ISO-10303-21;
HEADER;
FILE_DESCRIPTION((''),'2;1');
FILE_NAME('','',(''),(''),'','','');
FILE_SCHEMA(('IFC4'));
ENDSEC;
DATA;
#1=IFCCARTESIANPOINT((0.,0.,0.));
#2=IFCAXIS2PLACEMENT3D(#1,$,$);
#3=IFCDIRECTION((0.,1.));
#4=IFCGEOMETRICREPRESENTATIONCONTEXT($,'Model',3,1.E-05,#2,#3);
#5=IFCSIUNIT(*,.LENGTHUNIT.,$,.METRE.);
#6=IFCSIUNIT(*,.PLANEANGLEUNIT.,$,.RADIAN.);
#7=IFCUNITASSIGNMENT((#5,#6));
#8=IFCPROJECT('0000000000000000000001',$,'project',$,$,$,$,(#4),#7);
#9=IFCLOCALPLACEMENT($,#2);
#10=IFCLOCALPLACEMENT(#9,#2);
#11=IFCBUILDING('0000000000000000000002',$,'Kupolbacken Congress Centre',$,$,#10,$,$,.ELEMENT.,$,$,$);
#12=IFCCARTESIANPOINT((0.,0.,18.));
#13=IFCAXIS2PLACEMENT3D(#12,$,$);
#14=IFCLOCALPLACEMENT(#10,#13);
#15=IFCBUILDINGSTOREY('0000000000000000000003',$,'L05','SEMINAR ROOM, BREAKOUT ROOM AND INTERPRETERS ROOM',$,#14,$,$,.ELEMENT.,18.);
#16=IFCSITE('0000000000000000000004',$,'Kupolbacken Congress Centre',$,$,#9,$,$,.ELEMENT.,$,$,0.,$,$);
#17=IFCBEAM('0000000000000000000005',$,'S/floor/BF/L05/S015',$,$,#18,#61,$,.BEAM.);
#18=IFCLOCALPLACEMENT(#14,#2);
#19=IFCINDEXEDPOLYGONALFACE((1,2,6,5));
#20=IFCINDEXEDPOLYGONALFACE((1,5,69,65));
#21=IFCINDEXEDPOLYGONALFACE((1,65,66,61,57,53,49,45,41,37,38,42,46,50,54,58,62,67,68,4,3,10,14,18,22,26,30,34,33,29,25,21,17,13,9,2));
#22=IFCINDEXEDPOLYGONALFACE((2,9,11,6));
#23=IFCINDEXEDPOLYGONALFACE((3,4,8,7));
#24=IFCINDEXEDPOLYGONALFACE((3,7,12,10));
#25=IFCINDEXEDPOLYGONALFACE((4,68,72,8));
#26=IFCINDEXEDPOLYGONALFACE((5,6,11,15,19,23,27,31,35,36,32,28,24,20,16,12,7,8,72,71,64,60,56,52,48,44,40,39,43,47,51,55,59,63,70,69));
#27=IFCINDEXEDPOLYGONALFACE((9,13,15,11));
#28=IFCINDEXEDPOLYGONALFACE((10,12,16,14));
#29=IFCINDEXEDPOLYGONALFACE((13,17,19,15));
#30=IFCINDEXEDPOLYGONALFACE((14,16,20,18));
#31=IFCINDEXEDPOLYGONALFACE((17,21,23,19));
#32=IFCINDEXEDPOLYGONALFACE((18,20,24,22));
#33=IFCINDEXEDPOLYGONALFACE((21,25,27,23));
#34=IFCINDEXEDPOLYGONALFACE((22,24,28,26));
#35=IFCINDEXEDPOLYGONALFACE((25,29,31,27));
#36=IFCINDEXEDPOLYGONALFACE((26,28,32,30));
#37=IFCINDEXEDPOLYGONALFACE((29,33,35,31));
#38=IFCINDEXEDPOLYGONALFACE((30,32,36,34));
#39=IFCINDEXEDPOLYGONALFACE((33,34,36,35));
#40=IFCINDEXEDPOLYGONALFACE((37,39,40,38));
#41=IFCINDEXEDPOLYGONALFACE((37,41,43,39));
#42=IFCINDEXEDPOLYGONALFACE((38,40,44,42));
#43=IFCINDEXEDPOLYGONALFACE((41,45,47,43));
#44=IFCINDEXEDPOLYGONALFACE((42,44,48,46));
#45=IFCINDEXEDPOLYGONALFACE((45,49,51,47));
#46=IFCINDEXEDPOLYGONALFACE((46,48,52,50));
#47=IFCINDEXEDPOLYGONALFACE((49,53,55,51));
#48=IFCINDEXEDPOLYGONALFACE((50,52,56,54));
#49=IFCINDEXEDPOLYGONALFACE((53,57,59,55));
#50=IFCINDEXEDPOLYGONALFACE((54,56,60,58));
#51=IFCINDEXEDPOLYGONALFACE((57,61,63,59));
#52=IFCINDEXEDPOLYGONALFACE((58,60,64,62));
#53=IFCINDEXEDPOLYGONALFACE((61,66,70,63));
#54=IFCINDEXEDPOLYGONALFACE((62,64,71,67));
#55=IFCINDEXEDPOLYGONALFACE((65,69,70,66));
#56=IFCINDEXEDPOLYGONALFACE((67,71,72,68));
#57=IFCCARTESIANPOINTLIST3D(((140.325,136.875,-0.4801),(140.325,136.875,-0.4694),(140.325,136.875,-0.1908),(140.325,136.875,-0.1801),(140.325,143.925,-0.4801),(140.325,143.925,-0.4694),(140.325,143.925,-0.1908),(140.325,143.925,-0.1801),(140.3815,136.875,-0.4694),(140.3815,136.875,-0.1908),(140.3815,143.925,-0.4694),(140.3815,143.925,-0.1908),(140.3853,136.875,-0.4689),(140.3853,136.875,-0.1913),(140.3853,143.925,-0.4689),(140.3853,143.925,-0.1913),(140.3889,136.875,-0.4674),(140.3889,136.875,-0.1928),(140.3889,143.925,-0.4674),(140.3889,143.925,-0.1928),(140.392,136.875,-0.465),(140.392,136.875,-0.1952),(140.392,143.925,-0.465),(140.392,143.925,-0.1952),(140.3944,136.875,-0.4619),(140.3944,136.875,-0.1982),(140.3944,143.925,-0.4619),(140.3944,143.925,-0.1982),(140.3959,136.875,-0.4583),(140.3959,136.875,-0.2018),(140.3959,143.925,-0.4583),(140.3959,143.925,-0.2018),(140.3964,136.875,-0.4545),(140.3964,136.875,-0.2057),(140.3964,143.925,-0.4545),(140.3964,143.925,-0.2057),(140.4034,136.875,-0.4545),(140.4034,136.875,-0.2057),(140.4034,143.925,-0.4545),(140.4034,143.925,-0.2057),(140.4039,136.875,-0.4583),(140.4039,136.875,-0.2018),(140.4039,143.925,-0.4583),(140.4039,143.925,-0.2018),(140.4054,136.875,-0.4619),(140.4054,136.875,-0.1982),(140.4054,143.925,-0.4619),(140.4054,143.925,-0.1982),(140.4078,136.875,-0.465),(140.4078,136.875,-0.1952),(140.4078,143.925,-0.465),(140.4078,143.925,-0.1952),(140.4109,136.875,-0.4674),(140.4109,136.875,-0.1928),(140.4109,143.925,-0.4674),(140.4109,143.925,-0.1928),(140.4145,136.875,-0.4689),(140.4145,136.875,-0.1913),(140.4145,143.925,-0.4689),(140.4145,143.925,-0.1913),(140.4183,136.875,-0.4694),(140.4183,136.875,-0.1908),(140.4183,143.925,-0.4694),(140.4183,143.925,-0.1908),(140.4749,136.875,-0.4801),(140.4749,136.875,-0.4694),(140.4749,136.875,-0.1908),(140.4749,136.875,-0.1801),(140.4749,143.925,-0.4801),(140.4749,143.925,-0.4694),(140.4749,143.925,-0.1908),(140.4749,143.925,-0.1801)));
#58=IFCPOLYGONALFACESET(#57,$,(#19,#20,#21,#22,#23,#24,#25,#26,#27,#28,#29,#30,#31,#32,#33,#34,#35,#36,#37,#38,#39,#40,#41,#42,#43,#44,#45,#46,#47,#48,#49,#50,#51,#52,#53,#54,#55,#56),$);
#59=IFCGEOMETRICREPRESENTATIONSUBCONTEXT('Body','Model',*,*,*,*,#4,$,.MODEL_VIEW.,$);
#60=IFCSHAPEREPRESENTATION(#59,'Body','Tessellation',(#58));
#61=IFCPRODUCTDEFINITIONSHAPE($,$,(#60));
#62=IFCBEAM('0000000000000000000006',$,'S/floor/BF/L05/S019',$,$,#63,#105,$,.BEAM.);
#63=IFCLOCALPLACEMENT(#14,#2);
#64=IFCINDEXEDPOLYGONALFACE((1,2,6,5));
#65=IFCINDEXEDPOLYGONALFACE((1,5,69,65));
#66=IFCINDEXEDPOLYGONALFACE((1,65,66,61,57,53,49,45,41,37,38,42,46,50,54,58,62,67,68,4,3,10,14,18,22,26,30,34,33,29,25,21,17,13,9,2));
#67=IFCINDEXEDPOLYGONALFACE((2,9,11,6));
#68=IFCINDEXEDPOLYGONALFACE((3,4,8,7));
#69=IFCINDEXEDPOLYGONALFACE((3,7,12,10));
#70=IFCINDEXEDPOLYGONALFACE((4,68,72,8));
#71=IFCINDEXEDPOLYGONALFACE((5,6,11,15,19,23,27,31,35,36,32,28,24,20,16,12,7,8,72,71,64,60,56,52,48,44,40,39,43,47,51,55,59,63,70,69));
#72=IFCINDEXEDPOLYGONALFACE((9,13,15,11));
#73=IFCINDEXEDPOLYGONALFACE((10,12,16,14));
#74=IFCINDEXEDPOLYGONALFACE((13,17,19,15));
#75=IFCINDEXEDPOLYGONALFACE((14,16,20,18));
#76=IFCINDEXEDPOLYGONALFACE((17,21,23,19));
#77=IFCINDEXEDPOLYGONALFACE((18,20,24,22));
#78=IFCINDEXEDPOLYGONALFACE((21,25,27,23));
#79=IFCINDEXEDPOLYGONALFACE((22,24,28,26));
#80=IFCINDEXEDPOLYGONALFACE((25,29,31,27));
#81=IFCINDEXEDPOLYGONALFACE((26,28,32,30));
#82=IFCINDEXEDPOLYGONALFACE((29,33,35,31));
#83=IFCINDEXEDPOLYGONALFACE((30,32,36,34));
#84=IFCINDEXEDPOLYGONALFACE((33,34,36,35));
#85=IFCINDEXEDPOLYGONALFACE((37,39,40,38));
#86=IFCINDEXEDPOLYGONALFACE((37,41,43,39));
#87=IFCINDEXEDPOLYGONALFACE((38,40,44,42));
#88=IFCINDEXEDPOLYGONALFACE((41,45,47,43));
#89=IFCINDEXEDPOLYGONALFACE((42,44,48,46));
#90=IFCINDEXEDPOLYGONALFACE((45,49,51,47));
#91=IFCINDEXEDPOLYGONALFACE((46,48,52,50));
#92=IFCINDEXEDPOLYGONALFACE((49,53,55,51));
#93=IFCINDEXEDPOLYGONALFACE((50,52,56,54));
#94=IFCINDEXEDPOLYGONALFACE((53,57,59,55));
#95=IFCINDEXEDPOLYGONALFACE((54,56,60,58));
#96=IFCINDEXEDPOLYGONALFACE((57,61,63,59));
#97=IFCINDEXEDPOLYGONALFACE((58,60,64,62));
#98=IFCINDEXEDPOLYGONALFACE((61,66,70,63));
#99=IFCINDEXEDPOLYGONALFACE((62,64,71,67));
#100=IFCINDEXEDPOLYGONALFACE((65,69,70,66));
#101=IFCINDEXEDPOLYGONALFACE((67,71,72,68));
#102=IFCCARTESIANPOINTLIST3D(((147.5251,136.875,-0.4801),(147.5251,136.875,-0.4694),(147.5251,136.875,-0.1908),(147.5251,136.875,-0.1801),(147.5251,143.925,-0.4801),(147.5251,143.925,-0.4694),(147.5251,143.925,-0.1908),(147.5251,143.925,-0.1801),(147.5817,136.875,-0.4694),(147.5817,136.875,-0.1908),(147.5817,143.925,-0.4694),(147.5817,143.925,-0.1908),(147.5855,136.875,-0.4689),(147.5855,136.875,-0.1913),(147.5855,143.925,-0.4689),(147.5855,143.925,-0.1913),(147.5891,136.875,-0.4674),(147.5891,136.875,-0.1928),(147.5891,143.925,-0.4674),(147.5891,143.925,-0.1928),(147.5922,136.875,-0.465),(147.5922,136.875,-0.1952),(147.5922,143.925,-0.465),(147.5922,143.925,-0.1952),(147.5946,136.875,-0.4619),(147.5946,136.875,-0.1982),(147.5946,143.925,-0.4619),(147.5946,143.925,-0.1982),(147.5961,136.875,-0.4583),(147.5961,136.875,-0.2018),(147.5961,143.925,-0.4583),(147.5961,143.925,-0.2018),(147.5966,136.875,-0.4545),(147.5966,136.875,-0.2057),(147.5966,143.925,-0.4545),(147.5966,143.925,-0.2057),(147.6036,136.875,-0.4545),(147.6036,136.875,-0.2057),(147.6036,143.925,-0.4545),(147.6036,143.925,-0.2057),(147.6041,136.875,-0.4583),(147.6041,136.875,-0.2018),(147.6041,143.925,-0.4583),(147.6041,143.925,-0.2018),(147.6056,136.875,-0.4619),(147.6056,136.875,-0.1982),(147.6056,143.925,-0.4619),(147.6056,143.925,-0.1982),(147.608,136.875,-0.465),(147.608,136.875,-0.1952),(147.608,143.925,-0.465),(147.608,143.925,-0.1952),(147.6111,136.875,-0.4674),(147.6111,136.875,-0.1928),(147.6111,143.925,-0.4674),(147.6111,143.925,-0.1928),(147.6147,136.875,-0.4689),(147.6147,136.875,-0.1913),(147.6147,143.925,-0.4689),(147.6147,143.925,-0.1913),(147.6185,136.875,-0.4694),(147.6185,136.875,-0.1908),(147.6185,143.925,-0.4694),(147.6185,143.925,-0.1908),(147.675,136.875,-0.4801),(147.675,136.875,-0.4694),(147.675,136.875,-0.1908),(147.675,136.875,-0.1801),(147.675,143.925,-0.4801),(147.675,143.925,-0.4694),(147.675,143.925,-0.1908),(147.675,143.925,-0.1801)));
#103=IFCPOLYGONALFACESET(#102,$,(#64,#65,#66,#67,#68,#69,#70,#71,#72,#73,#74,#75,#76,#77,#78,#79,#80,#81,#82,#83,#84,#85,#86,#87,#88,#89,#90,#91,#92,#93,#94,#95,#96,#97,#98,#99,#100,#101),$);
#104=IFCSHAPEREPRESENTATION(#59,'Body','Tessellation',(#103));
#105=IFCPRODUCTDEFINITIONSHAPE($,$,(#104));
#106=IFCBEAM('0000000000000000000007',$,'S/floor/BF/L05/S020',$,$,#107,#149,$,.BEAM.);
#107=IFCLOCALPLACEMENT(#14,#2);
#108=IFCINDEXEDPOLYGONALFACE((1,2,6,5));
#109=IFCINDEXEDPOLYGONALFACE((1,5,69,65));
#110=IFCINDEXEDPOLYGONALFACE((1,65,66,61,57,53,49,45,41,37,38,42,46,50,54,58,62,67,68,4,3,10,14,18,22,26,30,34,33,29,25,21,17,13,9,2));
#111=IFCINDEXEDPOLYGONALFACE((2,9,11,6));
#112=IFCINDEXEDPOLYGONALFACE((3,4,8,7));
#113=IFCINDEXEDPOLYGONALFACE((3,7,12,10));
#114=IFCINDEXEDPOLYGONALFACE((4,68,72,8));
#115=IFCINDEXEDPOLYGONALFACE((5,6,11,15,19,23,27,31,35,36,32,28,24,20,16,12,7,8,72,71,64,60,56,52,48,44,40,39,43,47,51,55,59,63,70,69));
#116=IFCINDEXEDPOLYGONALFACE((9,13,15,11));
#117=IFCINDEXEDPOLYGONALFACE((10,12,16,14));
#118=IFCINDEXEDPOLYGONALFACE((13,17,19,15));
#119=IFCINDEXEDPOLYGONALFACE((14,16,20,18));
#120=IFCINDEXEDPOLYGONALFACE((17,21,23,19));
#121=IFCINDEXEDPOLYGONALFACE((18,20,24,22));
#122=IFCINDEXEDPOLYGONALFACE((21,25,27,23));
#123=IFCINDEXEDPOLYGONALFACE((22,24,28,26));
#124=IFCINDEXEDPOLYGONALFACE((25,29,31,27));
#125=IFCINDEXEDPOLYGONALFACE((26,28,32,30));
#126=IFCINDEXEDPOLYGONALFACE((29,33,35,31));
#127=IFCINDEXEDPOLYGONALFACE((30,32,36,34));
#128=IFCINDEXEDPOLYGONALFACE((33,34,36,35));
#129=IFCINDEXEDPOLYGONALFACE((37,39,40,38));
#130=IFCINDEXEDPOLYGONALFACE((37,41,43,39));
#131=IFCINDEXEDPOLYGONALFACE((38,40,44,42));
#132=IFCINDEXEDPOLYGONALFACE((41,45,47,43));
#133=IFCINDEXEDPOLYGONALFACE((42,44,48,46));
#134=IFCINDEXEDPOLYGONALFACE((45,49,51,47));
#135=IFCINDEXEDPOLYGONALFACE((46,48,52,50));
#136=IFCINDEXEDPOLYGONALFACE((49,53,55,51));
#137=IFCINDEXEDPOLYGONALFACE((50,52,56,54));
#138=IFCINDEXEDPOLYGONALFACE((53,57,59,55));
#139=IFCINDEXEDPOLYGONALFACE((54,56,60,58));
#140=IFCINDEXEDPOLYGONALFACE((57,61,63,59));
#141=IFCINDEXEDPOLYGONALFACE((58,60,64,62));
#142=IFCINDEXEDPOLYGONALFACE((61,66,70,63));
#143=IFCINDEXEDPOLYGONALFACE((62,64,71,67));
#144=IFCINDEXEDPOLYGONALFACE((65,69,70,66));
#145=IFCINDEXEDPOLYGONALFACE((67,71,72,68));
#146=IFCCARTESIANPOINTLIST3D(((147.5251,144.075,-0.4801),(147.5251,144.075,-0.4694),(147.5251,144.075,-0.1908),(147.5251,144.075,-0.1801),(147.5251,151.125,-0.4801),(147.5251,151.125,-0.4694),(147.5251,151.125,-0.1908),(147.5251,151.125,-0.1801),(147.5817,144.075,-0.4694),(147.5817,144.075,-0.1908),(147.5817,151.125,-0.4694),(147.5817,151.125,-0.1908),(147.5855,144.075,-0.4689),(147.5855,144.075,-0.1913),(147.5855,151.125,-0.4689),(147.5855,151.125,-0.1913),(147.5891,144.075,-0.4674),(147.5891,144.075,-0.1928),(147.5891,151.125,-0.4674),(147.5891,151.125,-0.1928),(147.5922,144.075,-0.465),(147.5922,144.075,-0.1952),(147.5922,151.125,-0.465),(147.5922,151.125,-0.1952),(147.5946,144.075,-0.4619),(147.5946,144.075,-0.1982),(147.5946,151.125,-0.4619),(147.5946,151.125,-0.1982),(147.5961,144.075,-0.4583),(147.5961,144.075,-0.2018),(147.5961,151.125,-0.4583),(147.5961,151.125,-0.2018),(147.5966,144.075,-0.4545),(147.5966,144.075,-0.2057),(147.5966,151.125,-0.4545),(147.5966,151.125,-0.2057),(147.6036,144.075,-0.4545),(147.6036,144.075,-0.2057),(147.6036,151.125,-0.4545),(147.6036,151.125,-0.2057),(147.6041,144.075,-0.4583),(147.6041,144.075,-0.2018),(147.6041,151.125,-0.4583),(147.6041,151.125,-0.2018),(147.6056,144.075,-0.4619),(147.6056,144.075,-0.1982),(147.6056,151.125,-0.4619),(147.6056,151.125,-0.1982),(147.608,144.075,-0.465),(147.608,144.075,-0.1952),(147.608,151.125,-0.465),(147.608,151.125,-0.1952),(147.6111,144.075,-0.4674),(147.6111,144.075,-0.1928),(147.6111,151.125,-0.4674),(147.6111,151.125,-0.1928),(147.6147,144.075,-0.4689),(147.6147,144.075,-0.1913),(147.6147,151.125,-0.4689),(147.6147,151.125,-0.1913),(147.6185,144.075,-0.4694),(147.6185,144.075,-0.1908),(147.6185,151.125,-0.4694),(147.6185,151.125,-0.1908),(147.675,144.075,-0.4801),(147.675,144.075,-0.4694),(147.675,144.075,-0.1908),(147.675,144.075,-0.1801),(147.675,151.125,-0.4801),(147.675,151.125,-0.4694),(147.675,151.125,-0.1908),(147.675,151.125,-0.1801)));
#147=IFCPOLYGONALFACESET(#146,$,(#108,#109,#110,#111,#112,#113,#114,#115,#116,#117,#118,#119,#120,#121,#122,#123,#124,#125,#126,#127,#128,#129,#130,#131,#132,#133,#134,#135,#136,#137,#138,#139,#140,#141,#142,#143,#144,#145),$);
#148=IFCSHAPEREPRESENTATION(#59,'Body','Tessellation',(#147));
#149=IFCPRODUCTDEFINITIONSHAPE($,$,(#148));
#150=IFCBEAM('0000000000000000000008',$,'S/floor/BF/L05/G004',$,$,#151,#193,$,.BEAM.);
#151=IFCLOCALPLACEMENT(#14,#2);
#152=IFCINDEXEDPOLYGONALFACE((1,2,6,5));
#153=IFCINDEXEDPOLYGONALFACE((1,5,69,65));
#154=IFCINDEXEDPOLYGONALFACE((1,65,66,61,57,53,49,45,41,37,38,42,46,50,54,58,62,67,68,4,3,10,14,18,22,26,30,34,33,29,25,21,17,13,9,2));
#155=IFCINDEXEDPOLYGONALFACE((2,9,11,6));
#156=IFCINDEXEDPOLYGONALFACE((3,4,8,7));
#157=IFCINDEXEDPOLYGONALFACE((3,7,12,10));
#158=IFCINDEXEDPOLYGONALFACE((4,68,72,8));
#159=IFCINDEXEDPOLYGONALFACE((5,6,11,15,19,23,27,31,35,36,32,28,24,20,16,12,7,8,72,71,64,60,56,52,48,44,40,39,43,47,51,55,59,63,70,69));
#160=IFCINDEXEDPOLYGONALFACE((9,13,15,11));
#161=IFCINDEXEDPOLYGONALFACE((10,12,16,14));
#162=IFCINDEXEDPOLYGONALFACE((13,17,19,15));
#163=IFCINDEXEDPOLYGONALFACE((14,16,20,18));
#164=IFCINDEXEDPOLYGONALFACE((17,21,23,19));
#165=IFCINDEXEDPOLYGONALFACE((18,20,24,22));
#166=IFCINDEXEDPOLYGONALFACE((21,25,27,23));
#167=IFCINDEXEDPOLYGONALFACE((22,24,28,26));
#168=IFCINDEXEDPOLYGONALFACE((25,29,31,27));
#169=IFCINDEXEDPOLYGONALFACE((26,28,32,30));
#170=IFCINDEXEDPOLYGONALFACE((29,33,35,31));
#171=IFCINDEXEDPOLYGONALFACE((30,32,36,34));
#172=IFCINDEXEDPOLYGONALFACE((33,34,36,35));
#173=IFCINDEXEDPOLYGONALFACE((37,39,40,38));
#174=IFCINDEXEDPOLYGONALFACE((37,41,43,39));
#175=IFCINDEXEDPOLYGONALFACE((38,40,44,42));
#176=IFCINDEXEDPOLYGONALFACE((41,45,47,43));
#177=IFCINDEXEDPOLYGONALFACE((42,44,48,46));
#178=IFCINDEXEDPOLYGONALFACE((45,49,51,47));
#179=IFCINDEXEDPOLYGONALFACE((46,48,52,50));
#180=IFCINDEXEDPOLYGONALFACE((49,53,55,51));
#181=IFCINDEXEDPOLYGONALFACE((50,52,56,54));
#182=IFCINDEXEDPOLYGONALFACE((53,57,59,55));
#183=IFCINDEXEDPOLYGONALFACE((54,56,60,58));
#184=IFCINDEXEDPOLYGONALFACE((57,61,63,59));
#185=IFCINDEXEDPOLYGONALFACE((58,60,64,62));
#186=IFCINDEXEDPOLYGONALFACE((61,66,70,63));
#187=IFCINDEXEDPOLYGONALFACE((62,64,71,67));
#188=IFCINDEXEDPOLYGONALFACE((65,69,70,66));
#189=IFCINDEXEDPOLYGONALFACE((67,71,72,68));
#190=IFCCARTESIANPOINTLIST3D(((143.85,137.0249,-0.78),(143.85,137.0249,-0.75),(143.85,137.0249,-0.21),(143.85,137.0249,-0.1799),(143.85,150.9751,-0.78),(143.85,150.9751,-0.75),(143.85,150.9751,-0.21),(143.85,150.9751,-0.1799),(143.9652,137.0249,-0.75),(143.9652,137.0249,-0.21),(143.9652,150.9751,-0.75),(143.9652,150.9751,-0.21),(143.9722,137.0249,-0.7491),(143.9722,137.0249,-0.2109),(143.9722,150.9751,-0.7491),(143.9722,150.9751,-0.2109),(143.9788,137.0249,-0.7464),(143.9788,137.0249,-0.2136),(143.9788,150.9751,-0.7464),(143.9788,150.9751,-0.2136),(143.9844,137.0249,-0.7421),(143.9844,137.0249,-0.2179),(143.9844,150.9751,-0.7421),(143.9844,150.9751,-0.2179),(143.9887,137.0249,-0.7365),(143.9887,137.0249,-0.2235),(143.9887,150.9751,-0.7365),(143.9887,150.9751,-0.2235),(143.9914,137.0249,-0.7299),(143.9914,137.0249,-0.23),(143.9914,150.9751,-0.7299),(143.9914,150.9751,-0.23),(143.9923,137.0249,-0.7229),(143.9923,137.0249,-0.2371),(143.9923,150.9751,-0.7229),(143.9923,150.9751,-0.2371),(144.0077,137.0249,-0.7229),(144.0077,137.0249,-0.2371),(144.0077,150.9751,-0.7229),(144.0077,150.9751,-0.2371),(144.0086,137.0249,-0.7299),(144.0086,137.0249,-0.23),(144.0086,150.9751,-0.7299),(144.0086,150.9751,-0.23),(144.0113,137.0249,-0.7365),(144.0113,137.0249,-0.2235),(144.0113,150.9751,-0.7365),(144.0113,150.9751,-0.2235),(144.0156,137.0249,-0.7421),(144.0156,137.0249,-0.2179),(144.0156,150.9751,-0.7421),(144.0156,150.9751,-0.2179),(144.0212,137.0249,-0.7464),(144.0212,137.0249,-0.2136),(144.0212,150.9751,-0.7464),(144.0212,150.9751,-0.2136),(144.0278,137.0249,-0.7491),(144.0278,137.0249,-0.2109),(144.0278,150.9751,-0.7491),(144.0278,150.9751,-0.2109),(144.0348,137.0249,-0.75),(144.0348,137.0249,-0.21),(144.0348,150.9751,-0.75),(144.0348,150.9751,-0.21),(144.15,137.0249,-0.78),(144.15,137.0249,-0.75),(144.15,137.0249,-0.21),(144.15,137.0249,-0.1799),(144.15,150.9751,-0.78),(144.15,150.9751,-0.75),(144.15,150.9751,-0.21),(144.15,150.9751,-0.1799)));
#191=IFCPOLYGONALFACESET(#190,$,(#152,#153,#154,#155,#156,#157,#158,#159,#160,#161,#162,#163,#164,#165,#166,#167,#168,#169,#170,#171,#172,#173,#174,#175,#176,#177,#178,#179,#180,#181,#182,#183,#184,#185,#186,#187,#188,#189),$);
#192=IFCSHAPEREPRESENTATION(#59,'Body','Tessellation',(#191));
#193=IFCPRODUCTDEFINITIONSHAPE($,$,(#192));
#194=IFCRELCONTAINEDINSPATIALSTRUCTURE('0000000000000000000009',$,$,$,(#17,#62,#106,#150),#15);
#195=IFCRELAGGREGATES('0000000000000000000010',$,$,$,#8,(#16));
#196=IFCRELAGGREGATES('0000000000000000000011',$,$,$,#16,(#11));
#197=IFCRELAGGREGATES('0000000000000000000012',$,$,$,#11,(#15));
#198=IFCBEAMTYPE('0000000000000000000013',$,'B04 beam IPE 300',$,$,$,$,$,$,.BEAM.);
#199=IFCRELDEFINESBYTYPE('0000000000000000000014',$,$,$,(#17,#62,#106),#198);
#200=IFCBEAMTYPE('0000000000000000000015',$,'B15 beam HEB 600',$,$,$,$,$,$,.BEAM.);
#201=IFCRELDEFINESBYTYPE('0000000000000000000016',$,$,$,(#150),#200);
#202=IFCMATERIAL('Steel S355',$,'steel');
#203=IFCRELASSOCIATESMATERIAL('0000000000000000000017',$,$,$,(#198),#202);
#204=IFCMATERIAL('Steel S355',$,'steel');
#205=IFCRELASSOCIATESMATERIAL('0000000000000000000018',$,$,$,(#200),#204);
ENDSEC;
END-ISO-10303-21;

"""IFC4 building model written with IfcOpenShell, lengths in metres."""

from ifc_helpers import new_model, si_unit, direction, frame, origin, origin_2d, place, context, subcontext, project, spatial, i_section, extrude, material, material_profile, profile_set, type_object, element, save


model = new_model("IFC4")

# Units and contexts
model_context = context("Model", 3, precision=1e-05, world=origin(), true_north=direction((0.0, 1.0)))
body_context = subcontext(model_context, "Body", "Model", "MODEL_VIEW")
ifc_project = project(units=[si_unit("LENGTHUNIT", "METRE"), si_unit("PLANEANGLEUNIT", "RADIAN")], contexts=[model_context])

# Site, building, storey
site_placement = place(None, origin())
site = spatial("IfcSite", under=ifc_project, at=site_placement, Name="Kupolbacken Congress Centre", CompositionType="ELEMENT", RefElevation=0.0)
building_placement = place(site_placement, origin())
building = spatial("IfcBuilding", under=site, at=building_placement, Name="Kupolbacken Congress Centre", CompositionType="ELEMENT")
storey_placement = place(building_placement, frame((0.0, 0.0, 18.0)))
storey = spatial("IfcBuildingStorey", under=building, at=storey_placement, Name="L05", Description="SEMINAR ROOM, BREAKOUT ROOM AND INTERPRETERS ROOM", CompositionType="ELEMENT", Elevation=18.0)

# Beams
ifc_material_1 = material(Name="Steel S355", Category="steel")
ifc_material_profile_1 = material_profile(ifc_material_1, i_section(OverallWidth=0.1499, OverallDepth=0.3, WebThickness=0.0071, FlangeThickness=0.0107, FilletRadius=0.0149, at=origin_2d()), Name="IPE 300")
ifc_profile_set_1 = profile_set([ifc_material_profile_1], Name="Steel S355")
beam_type_1 = type_object("IfcBeamType", Name="B04 beam IPE 300", PredefinedType="BEAM", material=ifc_profile_set_1)
for number, where, z_axis, x_axis, name in (
    (1, (140.3999, 136.875, -0.3301), (0.0, 1.0, 0.0), (-1.0, 0.0, 0.0), "S/floor/BF/L05/S015"),
    (2, (147.6001, 136.875, -0.3301), (0.0, 1.0, 0.0), (-1.0, 0.0, 0.0), "S/floor/BF/L05/S019"),
    (3, (147.6001, 144.075, -0.3301), (0.0, 1.0, 0.0), (-1.0, 0.0, 0.0), "S/floor/BF/L05/S020"),
):
    element("IfcBeam", number, at=place(storey_placement, frame(where, z_axis=z_axis, x_axis=x_axis)), inside=storey, type_object=beam_type_1, Name=name, PredefinedType="BEAM", context=body_context, shape_type="SweptSolid", body=[
        extrude(i_section(OverallWidth=0.1499, OverallDepth=0.3, WebThickness=0.0071, FlangeThickness=0.0107, FilletRadius=0.0149, at=origin_2d()), origin(), (0.0, 0.0, 1.0), 7.05),
    ])
ifc_material_2 = material(Name="Steel S355", Category="steel")
ifc_material_profile_2 = material_profile(ifc_material_2, i_section(OverallWidth=0.3, OverallDepth=0.6001, WebThickness=0.0154, FlangeThickness=0.03, FilletRadius=0.0271, at=origin_2d()), Name="HEB 600")
ifc_profile_set_2 = profile_set([ifc_material_profile_2], Name="Steel S355")
beam_type_2 = type_object("IfcBeamType", Name="B15 beam HEB 600", PredefinedType="BEAM", material=ifc_profile_set_2)
beam_1_placement = place(storey_placement, frame((144.0, 137.0249, -0.48), z_axis=(0.0, 1.0, 0.0), x_axis=(-1.0, 0.0, 0.0)))
element("IfcBeam", 4, at=beam_1_placement, inside=storey, type_object=beam_type_2, Name="S/floor/BF/L05/G004", PredefinedType="BEAM", context=body_context, shape_type="SweptSolid", body=[
    extrude(i_section(OverallWidth=0.3, OverallDepth=0.6001, WebThickness=0.0154, FlangeThickness=0.03, FilletRadius=0.0271, at=origin_2d()), origin(), (0.0, 0.0, 1.0), 13.9502),
])

save(model, "model.ifc")
